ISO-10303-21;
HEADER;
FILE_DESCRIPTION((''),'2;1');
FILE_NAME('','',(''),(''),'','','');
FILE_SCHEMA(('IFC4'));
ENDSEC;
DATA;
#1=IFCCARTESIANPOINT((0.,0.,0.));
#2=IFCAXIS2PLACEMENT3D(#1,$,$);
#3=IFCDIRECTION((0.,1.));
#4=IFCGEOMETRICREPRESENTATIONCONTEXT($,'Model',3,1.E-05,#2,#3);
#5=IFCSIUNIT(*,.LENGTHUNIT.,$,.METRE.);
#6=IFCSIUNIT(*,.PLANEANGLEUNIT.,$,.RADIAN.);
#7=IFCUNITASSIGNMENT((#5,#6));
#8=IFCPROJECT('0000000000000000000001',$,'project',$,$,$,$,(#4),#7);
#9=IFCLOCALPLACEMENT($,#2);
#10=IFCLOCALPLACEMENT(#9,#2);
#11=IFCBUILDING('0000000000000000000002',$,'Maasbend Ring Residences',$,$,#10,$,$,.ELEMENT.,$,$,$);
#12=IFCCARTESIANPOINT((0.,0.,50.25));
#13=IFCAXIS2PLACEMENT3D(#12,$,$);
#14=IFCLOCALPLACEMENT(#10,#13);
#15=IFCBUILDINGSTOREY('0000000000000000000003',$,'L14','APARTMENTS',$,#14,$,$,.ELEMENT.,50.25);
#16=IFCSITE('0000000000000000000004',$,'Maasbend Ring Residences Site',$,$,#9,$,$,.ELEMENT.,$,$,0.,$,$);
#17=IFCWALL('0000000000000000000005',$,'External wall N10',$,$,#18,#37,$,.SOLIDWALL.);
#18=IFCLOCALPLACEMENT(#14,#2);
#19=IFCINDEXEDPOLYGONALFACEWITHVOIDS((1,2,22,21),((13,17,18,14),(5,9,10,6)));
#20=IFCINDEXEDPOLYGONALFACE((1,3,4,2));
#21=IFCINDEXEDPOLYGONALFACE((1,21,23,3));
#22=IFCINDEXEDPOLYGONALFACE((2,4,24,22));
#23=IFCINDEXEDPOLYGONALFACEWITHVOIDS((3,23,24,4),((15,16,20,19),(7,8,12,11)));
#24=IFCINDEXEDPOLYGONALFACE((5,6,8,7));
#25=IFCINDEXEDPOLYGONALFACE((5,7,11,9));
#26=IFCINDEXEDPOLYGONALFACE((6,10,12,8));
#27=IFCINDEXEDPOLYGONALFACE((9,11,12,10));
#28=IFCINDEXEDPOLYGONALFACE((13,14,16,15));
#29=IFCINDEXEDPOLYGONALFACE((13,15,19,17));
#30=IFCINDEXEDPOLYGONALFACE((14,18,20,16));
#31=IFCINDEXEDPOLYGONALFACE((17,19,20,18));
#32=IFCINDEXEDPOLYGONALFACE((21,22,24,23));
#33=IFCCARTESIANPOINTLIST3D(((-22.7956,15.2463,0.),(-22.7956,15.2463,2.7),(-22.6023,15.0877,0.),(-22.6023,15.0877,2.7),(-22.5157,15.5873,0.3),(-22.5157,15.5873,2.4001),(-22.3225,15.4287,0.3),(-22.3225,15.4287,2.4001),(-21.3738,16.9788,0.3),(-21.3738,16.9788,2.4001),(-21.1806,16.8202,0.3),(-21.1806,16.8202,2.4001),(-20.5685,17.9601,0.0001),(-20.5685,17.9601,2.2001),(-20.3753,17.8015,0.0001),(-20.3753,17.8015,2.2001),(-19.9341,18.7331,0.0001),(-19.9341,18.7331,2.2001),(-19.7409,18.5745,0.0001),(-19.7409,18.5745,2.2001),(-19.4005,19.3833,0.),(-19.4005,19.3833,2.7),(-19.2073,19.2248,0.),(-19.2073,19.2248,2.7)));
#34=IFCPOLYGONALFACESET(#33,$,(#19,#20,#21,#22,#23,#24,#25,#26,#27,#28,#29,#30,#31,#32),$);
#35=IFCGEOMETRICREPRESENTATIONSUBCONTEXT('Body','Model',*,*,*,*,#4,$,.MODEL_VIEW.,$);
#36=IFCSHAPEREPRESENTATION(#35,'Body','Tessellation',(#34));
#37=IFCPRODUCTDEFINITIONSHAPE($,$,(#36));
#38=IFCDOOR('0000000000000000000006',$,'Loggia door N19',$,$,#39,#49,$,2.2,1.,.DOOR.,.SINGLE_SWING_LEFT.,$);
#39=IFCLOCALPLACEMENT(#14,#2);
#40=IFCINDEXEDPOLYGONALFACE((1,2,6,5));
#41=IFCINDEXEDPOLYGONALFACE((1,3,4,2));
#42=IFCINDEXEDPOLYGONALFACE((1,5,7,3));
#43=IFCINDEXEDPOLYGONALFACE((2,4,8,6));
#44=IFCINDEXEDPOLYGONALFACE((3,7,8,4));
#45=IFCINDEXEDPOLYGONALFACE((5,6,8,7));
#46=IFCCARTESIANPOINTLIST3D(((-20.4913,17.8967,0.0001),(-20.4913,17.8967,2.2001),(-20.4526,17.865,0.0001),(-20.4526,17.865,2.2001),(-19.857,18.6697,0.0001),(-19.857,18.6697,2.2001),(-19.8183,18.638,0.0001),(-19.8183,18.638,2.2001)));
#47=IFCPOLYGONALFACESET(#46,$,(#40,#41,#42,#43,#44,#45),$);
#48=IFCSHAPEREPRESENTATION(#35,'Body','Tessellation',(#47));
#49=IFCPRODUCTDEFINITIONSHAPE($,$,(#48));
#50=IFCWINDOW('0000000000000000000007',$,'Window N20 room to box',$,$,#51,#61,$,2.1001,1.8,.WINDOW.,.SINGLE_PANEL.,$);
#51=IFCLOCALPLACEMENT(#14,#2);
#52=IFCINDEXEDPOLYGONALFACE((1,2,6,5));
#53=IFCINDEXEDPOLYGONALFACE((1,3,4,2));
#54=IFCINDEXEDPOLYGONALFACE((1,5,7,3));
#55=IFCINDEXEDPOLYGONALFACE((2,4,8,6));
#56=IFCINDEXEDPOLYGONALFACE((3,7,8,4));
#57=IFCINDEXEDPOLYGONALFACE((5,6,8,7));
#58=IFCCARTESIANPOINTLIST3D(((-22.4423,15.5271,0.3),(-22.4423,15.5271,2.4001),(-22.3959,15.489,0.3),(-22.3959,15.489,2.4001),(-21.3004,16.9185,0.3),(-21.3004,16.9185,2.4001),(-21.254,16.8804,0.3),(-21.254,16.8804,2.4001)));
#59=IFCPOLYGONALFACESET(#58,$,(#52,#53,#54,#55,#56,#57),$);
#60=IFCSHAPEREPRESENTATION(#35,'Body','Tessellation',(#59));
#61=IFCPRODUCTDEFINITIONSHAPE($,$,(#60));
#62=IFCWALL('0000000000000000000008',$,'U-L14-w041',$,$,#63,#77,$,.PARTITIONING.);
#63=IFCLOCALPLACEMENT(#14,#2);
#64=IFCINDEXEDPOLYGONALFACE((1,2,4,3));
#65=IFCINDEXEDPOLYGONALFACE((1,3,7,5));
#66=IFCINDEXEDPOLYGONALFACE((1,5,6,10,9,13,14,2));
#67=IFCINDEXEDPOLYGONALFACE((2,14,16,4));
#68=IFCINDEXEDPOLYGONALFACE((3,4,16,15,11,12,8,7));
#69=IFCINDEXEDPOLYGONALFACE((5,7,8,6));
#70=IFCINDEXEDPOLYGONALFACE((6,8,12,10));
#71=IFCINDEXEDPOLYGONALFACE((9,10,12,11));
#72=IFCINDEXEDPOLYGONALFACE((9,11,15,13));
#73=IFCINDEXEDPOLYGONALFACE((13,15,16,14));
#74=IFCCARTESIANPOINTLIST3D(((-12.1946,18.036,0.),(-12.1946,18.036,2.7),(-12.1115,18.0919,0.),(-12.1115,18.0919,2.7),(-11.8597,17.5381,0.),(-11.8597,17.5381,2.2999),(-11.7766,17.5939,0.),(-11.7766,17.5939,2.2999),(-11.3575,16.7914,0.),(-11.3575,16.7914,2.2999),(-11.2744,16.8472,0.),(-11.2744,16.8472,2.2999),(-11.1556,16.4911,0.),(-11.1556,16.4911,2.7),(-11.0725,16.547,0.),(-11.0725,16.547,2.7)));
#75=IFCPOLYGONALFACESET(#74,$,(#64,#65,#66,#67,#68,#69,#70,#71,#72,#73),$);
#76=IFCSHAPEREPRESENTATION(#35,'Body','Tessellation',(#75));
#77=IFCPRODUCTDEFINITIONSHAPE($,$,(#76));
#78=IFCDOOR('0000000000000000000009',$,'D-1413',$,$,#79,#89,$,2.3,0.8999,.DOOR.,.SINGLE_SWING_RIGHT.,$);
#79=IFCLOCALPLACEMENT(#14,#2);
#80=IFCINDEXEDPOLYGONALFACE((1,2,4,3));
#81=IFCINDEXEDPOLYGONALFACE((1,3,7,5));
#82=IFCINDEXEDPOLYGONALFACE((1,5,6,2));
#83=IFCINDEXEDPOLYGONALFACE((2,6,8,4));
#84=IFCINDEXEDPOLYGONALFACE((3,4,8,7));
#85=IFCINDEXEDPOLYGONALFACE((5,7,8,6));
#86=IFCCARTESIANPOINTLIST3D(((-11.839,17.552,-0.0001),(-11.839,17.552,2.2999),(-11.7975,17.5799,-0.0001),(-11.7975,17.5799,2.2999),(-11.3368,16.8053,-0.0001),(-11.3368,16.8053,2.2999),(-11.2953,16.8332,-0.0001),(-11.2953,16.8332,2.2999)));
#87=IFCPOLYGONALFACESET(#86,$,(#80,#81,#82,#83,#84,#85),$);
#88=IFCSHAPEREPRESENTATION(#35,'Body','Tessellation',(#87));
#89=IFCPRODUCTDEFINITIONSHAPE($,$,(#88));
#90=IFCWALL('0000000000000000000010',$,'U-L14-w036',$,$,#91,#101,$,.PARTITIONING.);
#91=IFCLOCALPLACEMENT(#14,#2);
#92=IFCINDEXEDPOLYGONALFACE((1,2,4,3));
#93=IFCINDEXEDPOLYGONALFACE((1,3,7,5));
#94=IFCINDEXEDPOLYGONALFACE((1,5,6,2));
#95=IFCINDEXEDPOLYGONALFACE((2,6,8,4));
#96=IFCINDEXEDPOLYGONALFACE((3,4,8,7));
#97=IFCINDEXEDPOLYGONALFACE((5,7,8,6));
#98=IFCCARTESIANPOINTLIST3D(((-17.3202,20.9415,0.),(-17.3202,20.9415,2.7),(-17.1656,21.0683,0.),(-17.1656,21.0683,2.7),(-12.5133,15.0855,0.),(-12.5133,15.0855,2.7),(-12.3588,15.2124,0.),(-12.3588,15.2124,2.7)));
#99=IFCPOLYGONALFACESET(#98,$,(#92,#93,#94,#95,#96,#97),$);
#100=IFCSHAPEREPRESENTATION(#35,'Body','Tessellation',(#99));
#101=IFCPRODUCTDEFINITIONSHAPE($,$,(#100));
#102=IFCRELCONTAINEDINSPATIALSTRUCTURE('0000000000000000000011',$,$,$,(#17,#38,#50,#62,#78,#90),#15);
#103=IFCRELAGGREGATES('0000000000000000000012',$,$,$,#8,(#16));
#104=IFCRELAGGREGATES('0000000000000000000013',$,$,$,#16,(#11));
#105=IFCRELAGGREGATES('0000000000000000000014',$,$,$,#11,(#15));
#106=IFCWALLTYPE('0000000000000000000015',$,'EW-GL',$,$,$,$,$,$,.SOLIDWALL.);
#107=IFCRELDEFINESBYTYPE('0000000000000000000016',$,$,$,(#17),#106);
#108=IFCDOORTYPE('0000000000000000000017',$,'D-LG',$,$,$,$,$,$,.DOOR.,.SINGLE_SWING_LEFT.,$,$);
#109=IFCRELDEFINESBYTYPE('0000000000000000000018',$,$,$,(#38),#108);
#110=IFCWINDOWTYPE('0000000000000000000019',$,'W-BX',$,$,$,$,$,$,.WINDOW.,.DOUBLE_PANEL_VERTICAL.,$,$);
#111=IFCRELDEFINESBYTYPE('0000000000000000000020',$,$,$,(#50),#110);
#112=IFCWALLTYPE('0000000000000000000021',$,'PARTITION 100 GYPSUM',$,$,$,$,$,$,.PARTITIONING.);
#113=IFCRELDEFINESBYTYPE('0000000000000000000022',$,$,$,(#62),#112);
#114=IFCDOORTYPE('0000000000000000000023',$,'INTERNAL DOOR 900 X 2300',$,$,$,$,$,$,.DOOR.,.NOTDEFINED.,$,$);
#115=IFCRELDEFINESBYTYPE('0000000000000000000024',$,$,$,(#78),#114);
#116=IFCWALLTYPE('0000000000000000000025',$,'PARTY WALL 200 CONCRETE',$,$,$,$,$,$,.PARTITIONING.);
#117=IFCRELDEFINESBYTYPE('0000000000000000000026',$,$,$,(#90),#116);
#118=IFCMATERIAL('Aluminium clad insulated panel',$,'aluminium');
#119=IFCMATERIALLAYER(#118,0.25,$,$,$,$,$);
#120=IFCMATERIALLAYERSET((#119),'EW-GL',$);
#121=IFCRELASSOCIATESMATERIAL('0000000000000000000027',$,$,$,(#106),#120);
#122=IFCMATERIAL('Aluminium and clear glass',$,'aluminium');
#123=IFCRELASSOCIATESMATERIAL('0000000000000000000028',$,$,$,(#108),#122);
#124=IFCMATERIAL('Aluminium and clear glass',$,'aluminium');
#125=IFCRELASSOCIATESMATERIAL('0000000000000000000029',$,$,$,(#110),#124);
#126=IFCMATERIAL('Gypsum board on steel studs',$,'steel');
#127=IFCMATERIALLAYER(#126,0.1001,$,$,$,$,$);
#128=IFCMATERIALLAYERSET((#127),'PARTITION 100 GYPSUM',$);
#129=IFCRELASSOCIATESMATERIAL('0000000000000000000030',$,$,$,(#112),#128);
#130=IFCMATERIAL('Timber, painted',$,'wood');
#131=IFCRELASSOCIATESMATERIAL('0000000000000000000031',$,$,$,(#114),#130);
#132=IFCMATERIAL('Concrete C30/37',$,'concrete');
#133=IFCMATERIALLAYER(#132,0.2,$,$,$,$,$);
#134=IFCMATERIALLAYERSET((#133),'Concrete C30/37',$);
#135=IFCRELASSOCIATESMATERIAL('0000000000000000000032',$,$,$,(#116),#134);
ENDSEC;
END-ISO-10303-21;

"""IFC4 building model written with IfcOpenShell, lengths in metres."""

from ifc_helpers import new_model, si_unit, direction, frame, frame_2d, origin, place, context, subcontext, project, spatial, rectangle, extrude, material, layer, layer_set, type_object, element, fill, save


model = new_model("IFC4")

# Units and contexts
model_context = context("Model", 3, precision=1e-05, world=origin(), true_north=direction((0.0, 1.0)))
body_context = subcontext(model_context, "Body", "Model", "MODEL_VIEW")
ifc_project = project(units=[si_unit("LENGTHUNIT", "METRE"), si_unit("PLANEANGLEUNIT", "RADIAN")], contexts=[model_context])

# Site, building, storey
site_placement = place(None, origin())
site = spatial("IfcSite", under=ifc_project, at=site_placement, Name="Maasbend Ring Residences Site", CompositionType="ELEMENT", RefElevation=0.0)
building_placement = place(site_placement, origin())
building = spatial("IfcBuilding", under=site, at=building_placement, Name="Maasbend Ring Residences", CompositionType="ELEMENT")
storey_placement = place(building_placement, frame((0.0, 0.0, 50.25)))
storey = spatial("IfcBuildingStorey", under=building, at=storey_placement, Name="L14", Description="APARTMENTS", CompositionType="ELEMENT", Elevation=50.25)

# Wall, openings, door, window
ifc_material_1 = material(Name="Aluminium clad insulated panel", Category="aluminium")
ifc_layer_1 = layer(ifc_material_1, 0.25)
ifc_layer_set_1 = layer_set([ifc_layer_1], Name="EW-GL")
wall_type_1 = type_object("IfcWallType", Name="EW-GL", PredefinedType="SOLIDWALL", material=ifc_layer_set_1)
ifc_material_2 = material(Name="Aluminium and clear glass", Category="aluminium")
door_type_1 = type_object("IfcDoorType", Name="D-LG", OperationType="SINGLE_SWING_LEFT", PredefinedType="DOOR", material=ifc_material_2)
ifc_material_3 = material(Name="Aluminium and clear glass", Category="aluminium")
window_type_1 = type_object("IfcWindowType", Name="W-BX", PartitioningType="DOUBLE_PANEL_VERTICAL", PredefinedType="WINDOW", material=ifc_material_3)
wall_1_placement = place(storey_placement, frame((-19.304, 19.304, 0.0), z_axis=(0.0, 0.0, 1.0), x_axis=(-0.634382, -0.773019, 0.0)))
wall_1 = element("IfcWall", 1, at=wall_1_placement, inside=storey, type_object=wall_type_1, Name="External wall N10", PredefinedType="SOLIDWALL", context=body_context, shape_type="SweptSolid", body=[
    extrude(rectangle(XDim=5.3518, YDim=0.25, at=frame_2d((2.6758, 0.0))), origin(), (0.0, 0.0, 1.0), 2.7),
])
opening_1_placement = place(wall_1_placement, frame((0.8411, 0.0, 0.0)))
opening_1 = element("IfcOpeningElement", 2, at=opening_1_placement, cuts=wall_1, PredefinedType="OPENING", context=body_context, shape_type="SweptSolid", body=[
    extrude(rectangle(XDim=1.0, YDim=2.2, at=frame_2d((0.5, 1.1001))), frame((0.0, 0.135, 0.0), z_axis=(0.0, -1.0, 0.0), x_axis=(1.0, 0.0, 0.0)), (0.0, 0.0, 1.0), 0.27),
])
opening_2_placement = place(wall_1_placement, frame((3.1106, 0.0, 0.3)))
opening_2 = element("IfcOpeningElement", 3, at=opening_2_placement, cuts=wall_1, PredefinedType="OPENING", context=body_context, shape_type="SweptSolid", body=[
    extrude(rectangle(XDim=1.8, YDim=2.1001, at=frame_2d((0.8999, 1.05))), frame((0.0, 0.135, 0.0), z_axis=(0.0, -1.0, 0.0), x_axis=(1.0, 0.0, 0.0)), (0.0, 0.0, 1.0), 0.27),
])
door_1_placement = place(opening_1_placement, origin())
door_1 = element("IfcDoor", 4, at=door_1_placement, inside=storey, type_object=door_type_1, Name="Loggia door N19", OperationType="SINGLE_SWING_LEFT", OverallHeight=2.2, OverallWidth=1.0, PredefinedType="DOOR", context=body_context, shape_type="SweptSolid", body=[
    extrude(rectangle(XDim=1.0, YDim=2.2, at=frame_2d((0.5, 1.1001))), frame((0.0, 0.0249, 0.0), z_axis=(0.0, -1.0, 0.0), x_axis=(1.0, 0.0, 0.0)), (0.0, 0.0, 1.0), 0.05),
])
fill(opening_1, door_1)
window_1_placement = place(opening_2_placement, origin())
window_1 = element("IfcWindow", 5, at=window_1_placement, inside=storey, type_object=window_type_1, Name="Window N20 room to box", OverallHeight=2.1001, OverallWidth=1.8, PartitioningType="SINGLE_PANEL", PredefinedType="WINDOW", context=body_context, shape_type="SweptSolid", body=[
    extrude(rectangle(XDim=1.8, YDim=2.1001, at=frame_2d((0.8999, 1.05))), frame((0.0, 0.03, 0.0), z_axis=(0.0, -1.0, 0.0), x_axis=(1.0, 0.0, 0.0)), (0.0, 0.0, 1.0), 0.0601),
])
fill(opening_2, window_1)

# Wall, opening, door
ifc_material_4 = material(Name="Gypsum board on steel studs", Category="steel")
ifc_layer_2 = layer(ifc_material_4, 0.1001)
ifc_layer_set_2 = layer_set([ifc_layer_2], Name="PARTITION 100 GYPSUM")
wall_type_2 = type_object("IfcWallType", Name="PARTITION 100 GYPSUM", PredefinedType="PARTITIONING", material=ifc_layer_set_2)
wall_2_placement = place(storey_placement, frame((-12.1531, 18.064, 0.0), z_axis=(0.0, 0.0, 1.0), x_axis=(0.558085, -0.829784, 0.0)))
wall_2 = element("IfcWall", 6, at=wall_2_placement, inside=storey, type_object=wall_type_2, Name="U-L14-w041", PredefinedType="PARTITIONING", context=body_context, shape_type="SweptSolid", body=[
    extrude(rectangle(XDim=1.8618, YDim=0.1001, at=frame_2d((0.9309, 0.0))), origin(), (0.0, 0.0, 1.0), 2.7),
])
opening_3_placement = place(wall_2_placement, frame((0.6001, 0.0, 0.0)))
opening_3 = element("IfcOpeningElement", 7, at=opening_3_placement, cuts=wall_2, PredefinedType="OPENING", context=body_context, shape_type="SweptSolid", body=[
    extrude(rectangle(XDim=0.8999, YDim=2.3, at=frame_2d((0.45, 1.1499))), frame((0.0, 0.0601, 0.0), z_axis=(0.0, -1.0, 0.0), x_axis=(1.0, 0.0, 0.0)), (0.0, 0.0, 1.0), 0.1201),
])
ifc_material_5 = material(Name="Timber, painted", Category="wood")
door_type_2 = type_object("IfcDoorType", Name="INTERNAL DOOR 900 X 2300", OperationType="NOTDEFINED", PredefinedType="DOOR", material=ifc_material_5)
door_2_placement = place(opening_3_placement, origin())
door_2 = element("IfcDoor", 8, at=door_2_placement, inside=storey, type_object=door_type_2, Name="D-1413", OperationType="SINGLE_SWING_RIGHT", OverallHeight=2.3, OverallWidth=0.8999, PredefinedType="DOOR", context=body_context, shape_type="SweptSolid", body=[
    extrude(rectangle(XDim=0.8999, YDim=2.3, at=frame_2d((0.45, 1.1499))), frame((0.0, 0.0249, 0.0), z_axis=(0.0, -1.0, 0.0), x_axis=(1.0, 0.0, 0.0)), (0.0, 0.0, 1.0), 0.05),
])
fill(opening_3, door_2)

# Wall
ifc_material_6 = material(Name="Concrete C30/37", Category="concrete")
ifc_layer_3 = layer(ifc_material_6, 0.2)
ifc_layer_set_3 = layer_set([ifc_layer_3], Name="Concrete C30/37")
wall_type_3 = type_object("IfcWallType", Name="PARTY WALL 200 CONCRETE", PredefinedType="PARTITIONING", material=ifc_layer_set_3)
wall_3_placement = place(storey_placement, frame((-17.2429, 21.0049, 0.0), z_axis=(0.0, 0.0, 1.0), x_axis=(0.634474, -0.772944, 0.0)))
element("IfcWall", 9, at=wall_3_placement, inside=storey, type_object=wall_type_3, Name="U-L14-w036", PredefinedType="PARTITIONING", context=body_context, shape_type="SweptSolid", body=[
    extrude(rectangle(XDim=7.5762, YDim=0.2, at=frame_2d((3.7881, 0.0))), origin(), (0.0, 0.0, 1.0), 2.7),
])

save(model, "model.ifc")
